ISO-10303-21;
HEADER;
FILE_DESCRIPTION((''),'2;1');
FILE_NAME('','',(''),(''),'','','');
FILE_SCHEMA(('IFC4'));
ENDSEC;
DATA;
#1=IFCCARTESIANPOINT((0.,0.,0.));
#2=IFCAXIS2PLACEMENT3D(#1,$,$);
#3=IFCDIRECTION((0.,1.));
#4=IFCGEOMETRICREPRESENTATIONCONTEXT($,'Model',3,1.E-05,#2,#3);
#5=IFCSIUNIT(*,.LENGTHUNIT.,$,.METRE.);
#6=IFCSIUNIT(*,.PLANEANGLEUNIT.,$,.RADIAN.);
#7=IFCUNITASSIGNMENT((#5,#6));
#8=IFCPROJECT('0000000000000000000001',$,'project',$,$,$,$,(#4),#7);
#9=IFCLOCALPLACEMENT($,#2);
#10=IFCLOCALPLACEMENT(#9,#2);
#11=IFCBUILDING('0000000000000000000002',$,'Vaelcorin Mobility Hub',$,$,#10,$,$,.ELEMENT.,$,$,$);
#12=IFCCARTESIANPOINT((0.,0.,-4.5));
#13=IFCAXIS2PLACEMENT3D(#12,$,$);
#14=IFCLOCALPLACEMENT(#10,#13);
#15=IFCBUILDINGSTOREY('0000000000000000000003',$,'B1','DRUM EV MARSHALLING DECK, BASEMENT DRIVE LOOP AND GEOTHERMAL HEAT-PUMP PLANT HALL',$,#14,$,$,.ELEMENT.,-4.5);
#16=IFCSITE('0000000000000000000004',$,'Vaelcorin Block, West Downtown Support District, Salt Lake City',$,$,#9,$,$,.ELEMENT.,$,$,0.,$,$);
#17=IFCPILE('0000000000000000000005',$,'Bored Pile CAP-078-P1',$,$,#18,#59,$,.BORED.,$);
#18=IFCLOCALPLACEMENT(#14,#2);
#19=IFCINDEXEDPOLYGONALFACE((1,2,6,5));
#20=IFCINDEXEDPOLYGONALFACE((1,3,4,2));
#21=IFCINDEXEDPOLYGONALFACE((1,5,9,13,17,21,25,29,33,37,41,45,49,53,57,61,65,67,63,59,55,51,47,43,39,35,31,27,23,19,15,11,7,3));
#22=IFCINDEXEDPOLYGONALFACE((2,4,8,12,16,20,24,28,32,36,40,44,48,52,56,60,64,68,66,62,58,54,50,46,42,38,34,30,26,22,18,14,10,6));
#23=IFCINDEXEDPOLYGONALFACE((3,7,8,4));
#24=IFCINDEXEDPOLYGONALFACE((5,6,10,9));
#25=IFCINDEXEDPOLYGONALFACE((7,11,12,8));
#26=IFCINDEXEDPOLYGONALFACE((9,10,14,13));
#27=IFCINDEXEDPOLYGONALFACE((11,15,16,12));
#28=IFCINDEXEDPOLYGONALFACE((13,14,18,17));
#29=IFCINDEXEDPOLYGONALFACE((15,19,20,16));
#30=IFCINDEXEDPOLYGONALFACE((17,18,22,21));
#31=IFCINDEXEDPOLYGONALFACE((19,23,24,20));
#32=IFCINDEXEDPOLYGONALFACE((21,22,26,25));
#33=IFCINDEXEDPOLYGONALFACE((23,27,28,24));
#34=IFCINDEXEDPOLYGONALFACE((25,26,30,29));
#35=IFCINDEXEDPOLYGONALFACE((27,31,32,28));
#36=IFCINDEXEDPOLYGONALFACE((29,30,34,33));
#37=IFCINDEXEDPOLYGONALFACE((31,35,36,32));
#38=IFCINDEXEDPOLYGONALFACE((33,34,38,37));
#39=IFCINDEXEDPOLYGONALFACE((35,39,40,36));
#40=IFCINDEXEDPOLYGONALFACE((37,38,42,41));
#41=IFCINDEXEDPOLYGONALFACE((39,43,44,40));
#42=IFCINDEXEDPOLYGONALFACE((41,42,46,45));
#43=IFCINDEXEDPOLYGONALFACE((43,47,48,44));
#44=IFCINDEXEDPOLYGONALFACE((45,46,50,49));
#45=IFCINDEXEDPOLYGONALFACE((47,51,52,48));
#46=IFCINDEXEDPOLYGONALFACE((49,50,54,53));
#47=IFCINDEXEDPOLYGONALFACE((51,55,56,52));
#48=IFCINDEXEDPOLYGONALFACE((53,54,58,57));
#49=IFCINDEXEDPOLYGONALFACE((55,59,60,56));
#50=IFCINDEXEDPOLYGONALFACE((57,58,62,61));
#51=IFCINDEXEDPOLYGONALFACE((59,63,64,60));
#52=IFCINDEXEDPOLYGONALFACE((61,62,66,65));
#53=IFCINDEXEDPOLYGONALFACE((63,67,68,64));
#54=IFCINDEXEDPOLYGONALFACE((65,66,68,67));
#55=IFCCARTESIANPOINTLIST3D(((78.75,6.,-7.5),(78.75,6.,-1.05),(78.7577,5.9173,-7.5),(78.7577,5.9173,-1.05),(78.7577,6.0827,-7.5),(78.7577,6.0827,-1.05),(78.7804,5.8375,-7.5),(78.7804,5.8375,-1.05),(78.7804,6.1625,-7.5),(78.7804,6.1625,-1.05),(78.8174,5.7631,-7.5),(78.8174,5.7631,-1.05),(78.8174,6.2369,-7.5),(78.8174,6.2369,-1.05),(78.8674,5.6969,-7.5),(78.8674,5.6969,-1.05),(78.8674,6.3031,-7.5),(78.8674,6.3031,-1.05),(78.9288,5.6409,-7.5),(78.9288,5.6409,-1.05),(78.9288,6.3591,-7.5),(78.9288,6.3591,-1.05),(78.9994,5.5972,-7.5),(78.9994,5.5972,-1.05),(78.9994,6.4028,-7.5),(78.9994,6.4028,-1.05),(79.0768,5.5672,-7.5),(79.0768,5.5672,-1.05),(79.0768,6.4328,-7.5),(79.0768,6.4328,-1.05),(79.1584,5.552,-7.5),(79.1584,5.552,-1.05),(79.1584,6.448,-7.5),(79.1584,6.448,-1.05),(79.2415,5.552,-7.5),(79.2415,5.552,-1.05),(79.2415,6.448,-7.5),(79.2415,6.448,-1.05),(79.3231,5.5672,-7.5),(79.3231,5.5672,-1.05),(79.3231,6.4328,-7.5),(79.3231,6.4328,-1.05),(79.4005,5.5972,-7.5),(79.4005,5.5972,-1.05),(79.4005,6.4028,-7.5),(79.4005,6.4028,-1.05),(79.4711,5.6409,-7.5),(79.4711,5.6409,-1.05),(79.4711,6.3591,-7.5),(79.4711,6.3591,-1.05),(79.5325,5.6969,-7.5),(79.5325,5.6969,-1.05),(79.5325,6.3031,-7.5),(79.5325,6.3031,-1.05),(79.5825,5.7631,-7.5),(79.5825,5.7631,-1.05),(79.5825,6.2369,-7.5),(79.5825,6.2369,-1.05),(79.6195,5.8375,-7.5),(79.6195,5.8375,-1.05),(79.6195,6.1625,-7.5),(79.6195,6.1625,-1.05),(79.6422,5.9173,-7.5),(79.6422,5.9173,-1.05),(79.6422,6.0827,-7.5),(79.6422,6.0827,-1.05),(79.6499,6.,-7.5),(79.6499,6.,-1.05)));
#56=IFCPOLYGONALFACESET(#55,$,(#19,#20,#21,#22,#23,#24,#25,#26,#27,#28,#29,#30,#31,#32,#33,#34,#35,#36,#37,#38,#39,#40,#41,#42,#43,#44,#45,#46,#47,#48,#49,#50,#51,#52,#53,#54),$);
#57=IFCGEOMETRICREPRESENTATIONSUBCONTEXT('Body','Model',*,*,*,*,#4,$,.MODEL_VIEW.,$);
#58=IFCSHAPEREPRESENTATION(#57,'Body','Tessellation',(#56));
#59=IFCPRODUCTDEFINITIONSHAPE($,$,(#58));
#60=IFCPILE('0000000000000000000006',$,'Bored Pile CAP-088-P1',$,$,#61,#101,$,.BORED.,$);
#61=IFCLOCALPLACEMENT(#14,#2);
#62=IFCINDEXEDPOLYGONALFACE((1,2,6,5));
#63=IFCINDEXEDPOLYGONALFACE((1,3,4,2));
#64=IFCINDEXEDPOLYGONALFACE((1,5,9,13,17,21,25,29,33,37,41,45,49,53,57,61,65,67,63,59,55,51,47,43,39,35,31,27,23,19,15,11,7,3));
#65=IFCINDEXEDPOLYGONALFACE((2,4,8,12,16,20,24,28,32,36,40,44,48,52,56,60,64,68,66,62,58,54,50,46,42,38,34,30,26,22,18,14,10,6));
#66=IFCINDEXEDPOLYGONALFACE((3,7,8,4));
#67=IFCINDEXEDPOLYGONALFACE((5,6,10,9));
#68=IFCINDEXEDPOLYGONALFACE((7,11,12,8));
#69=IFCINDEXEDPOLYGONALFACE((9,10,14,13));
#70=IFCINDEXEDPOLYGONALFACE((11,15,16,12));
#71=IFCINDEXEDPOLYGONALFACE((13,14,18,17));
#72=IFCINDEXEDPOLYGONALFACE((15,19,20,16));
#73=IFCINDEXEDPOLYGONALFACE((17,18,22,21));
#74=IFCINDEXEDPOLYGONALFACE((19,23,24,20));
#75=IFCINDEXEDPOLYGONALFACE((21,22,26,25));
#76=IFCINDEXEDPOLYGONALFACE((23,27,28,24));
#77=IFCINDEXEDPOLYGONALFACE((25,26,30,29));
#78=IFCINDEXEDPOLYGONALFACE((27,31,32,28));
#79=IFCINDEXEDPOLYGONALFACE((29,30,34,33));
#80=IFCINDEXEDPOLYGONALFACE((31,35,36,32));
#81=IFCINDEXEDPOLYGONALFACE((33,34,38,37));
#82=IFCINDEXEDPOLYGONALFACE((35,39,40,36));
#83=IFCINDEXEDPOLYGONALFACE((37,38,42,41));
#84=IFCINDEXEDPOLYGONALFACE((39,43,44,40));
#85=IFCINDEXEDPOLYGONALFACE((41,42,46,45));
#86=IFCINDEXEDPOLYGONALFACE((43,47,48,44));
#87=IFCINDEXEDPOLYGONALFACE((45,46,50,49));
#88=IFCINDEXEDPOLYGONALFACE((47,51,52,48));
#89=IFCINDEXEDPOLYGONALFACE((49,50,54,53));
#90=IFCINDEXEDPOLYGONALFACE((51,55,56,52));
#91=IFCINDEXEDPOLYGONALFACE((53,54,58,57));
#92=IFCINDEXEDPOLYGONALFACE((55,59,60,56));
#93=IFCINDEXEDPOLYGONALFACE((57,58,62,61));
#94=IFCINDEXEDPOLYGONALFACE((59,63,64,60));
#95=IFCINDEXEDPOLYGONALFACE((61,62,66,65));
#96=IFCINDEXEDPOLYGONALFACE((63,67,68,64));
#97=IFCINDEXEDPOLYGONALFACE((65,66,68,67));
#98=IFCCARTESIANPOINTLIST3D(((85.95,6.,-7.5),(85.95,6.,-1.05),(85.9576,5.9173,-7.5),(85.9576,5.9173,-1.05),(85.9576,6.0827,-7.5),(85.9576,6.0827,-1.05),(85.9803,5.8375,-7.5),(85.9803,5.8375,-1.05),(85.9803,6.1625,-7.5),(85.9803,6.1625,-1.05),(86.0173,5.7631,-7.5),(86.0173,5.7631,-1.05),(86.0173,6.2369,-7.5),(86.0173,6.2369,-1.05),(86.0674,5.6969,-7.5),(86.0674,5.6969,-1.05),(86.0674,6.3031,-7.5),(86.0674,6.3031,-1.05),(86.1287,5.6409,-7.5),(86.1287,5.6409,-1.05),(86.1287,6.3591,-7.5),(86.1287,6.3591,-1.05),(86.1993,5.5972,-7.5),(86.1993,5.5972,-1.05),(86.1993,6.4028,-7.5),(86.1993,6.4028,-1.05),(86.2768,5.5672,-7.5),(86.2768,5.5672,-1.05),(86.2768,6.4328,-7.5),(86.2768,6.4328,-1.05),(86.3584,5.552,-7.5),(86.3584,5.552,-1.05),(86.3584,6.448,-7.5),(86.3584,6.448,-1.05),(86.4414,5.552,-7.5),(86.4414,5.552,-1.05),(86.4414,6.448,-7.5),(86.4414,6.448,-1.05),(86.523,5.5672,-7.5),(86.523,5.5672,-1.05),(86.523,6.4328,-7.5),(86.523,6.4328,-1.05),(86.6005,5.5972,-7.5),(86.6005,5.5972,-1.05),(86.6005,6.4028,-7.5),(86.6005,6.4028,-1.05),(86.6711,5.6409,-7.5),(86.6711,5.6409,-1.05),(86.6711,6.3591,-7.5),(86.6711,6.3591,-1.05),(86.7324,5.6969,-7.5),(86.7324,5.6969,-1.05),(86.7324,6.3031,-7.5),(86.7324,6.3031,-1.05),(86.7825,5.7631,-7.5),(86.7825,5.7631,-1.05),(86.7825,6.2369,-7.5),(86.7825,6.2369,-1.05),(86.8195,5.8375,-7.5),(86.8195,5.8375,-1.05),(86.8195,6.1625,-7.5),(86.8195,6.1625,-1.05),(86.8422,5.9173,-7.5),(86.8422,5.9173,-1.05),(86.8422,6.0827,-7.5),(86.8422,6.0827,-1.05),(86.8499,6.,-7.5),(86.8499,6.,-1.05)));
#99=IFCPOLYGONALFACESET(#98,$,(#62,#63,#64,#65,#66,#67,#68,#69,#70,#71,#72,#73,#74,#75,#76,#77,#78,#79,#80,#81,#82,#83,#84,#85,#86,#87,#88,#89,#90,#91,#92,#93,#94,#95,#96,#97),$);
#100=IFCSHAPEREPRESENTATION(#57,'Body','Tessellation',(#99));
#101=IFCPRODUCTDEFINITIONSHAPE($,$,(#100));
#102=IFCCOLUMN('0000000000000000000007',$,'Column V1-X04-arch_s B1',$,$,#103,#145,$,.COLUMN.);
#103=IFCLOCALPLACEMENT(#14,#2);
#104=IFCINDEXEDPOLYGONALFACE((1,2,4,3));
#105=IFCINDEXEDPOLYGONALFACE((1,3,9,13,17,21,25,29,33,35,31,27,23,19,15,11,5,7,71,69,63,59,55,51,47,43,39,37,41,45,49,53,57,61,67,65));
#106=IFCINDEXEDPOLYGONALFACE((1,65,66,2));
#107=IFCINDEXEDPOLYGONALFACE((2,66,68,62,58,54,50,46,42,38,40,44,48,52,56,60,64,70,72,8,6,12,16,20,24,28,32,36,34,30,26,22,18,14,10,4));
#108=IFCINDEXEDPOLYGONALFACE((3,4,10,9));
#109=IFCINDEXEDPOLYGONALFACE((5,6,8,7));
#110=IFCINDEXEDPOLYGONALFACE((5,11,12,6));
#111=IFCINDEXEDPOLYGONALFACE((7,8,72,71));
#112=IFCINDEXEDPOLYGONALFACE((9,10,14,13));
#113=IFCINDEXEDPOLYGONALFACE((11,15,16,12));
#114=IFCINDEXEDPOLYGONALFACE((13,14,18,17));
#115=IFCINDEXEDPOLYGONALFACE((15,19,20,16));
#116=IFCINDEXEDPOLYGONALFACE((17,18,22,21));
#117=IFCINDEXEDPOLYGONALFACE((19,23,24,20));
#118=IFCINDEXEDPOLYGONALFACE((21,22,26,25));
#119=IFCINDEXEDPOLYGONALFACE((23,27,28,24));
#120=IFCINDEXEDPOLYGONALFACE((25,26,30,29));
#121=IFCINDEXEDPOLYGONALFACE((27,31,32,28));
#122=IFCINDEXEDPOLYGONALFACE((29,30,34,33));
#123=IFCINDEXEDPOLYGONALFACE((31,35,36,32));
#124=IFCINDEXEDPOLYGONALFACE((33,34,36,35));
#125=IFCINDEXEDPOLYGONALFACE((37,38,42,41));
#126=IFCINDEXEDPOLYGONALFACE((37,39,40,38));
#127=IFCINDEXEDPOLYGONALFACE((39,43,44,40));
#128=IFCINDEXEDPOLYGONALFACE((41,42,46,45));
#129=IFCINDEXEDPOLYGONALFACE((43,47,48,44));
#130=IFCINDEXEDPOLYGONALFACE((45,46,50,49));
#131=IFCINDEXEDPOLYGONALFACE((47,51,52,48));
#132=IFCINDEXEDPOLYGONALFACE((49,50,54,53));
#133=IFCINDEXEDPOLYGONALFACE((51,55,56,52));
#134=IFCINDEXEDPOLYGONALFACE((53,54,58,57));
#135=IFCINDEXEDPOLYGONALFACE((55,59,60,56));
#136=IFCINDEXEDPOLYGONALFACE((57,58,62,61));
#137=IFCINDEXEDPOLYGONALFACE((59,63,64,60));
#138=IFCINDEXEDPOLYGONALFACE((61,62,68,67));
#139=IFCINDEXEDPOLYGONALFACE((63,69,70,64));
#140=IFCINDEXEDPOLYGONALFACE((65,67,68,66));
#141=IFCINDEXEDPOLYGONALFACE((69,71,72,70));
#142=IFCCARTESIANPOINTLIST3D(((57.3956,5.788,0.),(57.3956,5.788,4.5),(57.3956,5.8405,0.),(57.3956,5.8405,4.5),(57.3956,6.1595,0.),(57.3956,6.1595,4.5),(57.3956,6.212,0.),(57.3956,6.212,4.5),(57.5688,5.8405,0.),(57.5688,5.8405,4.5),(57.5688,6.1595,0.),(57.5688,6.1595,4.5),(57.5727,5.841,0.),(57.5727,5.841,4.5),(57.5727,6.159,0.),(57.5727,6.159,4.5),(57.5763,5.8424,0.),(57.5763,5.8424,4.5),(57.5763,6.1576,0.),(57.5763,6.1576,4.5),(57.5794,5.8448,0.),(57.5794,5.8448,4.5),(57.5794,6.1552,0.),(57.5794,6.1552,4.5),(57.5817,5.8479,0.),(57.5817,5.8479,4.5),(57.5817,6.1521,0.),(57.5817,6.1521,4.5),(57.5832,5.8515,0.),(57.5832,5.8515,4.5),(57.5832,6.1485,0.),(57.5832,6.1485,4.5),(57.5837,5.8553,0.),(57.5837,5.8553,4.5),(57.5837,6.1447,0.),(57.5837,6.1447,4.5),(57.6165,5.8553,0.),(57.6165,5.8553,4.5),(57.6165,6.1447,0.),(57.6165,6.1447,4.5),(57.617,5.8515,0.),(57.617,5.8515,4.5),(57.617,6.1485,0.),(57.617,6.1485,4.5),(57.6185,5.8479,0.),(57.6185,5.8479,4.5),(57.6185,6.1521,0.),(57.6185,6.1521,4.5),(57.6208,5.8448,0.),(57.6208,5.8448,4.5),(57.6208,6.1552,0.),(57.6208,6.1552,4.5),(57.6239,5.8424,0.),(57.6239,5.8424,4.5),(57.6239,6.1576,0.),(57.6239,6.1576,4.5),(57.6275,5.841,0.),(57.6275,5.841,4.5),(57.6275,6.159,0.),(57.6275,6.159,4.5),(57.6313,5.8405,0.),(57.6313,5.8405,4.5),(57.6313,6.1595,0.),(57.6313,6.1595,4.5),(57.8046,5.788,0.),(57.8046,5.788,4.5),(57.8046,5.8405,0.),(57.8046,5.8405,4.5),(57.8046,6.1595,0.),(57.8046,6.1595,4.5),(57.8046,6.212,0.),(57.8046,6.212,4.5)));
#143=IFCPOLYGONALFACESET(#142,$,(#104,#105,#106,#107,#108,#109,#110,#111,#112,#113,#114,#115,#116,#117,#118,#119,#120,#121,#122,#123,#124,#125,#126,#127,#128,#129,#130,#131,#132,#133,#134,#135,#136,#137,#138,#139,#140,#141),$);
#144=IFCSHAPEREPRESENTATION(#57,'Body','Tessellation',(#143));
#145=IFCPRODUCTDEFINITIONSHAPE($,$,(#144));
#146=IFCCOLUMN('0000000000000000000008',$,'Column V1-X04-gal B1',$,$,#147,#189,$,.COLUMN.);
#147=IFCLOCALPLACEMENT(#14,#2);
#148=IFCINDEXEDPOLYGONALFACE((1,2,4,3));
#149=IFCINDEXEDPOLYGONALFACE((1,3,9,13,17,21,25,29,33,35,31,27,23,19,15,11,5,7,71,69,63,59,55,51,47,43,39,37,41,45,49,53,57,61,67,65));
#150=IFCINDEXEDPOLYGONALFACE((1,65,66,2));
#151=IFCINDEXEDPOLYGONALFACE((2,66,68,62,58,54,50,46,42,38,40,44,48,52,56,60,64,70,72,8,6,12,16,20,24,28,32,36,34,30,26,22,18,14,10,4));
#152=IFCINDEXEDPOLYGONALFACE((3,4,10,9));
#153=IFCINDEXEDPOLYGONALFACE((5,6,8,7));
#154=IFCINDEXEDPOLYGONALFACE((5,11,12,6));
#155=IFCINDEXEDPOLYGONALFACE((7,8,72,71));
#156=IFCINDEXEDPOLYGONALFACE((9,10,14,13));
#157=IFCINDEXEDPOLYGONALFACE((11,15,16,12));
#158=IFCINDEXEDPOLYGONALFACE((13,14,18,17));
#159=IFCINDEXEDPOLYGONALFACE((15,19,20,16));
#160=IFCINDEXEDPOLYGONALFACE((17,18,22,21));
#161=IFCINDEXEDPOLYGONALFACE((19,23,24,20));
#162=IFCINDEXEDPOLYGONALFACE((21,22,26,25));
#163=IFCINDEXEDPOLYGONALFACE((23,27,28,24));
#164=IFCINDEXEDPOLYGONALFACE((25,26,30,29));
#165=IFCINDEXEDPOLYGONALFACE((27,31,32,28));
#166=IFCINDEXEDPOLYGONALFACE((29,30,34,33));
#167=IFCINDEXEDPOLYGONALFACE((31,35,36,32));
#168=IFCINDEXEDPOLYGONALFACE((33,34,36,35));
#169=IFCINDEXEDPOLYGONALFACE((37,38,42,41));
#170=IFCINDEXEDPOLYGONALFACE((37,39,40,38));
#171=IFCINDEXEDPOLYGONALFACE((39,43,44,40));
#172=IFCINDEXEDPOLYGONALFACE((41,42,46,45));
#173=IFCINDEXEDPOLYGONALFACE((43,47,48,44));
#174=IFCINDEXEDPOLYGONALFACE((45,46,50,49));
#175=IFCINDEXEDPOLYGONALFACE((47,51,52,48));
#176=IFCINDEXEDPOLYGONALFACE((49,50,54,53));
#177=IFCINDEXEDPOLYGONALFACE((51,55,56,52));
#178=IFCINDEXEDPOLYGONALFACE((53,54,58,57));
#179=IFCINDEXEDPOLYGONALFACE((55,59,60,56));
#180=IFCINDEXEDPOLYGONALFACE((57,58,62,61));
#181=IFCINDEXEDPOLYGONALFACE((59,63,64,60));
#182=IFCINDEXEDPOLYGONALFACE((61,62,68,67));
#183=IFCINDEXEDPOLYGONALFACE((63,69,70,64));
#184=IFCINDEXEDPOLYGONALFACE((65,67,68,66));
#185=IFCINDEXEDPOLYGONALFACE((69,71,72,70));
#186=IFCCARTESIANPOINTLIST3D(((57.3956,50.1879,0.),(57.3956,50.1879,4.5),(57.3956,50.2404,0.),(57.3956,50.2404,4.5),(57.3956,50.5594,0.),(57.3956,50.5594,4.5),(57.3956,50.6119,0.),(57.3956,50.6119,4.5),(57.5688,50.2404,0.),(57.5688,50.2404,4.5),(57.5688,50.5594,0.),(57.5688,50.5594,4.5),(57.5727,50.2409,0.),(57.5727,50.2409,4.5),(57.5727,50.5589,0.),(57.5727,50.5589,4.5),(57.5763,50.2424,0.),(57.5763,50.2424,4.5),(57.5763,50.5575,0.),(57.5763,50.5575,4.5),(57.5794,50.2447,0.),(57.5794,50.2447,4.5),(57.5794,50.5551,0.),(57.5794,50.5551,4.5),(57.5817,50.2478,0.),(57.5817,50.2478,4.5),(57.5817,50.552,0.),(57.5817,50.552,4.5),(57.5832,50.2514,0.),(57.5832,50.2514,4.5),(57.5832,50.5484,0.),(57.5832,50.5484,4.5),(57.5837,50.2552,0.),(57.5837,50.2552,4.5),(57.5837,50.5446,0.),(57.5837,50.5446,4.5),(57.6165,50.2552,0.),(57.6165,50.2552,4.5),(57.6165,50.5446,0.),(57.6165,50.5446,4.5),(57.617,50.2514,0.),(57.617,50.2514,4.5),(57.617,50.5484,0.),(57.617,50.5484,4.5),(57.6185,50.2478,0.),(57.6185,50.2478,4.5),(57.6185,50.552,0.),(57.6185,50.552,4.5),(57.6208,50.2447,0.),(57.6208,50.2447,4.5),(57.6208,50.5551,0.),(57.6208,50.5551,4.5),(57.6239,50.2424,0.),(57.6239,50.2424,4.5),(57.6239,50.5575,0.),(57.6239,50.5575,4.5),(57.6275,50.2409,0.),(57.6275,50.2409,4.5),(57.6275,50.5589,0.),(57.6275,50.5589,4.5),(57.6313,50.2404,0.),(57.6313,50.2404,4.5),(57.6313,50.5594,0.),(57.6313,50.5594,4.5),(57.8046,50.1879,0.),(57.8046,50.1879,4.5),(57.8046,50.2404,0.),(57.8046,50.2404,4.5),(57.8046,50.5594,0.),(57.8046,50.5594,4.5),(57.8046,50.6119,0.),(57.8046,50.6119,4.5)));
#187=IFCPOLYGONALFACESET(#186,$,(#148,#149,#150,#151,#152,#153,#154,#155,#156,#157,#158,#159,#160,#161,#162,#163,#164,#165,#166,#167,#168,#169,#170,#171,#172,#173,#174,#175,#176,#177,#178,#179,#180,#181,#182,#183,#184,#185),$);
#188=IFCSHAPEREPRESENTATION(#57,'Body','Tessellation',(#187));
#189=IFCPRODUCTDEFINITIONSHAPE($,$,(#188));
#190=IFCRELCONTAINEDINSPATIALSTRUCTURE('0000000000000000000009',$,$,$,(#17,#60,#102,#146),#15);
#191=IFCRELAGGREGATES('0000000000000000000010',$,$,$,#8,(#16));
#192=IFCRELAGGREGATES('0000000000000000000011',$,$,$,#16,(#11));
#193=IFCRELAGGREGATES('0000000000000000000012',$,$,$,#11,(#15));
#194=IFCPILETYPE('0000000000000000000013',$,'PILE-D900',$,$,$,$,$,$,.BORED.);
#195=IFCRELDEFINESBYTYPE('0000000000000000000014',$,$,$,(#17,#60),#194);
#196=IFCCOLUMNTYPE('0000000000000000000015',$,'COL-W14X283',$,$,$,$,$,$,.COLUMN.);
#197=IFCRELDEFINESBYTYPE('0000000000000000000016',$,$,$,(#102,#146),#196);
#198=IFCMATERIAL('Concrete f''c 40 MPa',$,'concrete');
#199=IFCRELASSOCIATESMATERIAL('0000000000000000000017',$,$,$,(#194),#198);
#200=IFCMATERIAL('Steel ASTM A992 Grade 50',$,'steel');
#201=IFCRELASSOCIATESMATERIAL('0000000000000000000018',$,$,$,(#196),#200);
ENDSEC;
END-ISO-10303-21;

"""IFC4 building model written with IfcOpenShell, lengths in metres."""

from ifc_helpers import new_model, si_unit, direction, frame, origin, origin_2d, place, context, subcontext, project, spatial, circle, i_section, extrude, material, material_profile, profile_set, type_object, element, save


model = new_model("IFC4")

# Units and contexts
model_context = context("Model", 3, precision=1e-05, world=origin(), true_north=direction((0.0, 1.0)))
body_context = subcontext(model_context, "Body", "Model", "MODEL_VIEW")
ifc_project = project(units=[si_unit("LENGTHUNIT", "METRE"), si_unit("PLANEANGLEUNIT", "RADIAN")], contexts=[model_context])

# Site, building, storey
site_placement = place(None, origin())
site = spatial("IfcSite", under=ifc_project, at=site_placement, Name="Vaelcorin Block, West Downtown Support District, Salt Lake City", CompositionType="ELEMENT", RefElevation=0.0)
building_placement = place(site_placement, origin())
building = spatial("IfcBuilding", under=site, at=building_placement, Name="Vaelcorin Mobility Hub", CompositionType="ELEMENT")
storey_placement = place(building_placement, frame((0.0, 0.0, -4.5)))
storey = spatial("IfcBuildingStorey", under=building, at=storey_placement, Name="B1", Description="DRUM EV MARSHALLING DECK, BASEMENT DRIVE LOOP AND GEOTHERMAL HEAT-PUMP PLANT HALL", CompositionType="ELEMENT", Elevation=-4.5)

# Shared definitions
ifc_material_1 = material(Name="Concrete f'c 40 MPa", Category="concrete")

# Piles
ifc_material_profile_1 = material_profile(ifc_material_1, circle(Radius=0.45, at=origin_2d()), Name="BP-D900")
ifc_profile_set_1 = profile_set([ifc_material_profile_1], Name="Concrete f'c 40 MPa")
pile_type = type_object("IfcPileType", Name="PILE-D900", PredefinedType="BORED", material=ifc_profile_set_1)
for number, where, z_axis, x_axis, name in (
    (1, (79.2, 6.0, -1.05), (0.0, 0.0, -1.0), (1.0, 0.0, 0.0), "Bored Pile CAP-078-P1"),
    (2, (86.3999, 6.0, -1.05), (0.0, 0.0, -1.0), (1.0, 0.0, 0.0), "Bored Pile CAP-088-P1"),
):
    element("IfcPile", number, at=place(storey_placement, frame(where, z_axis=z_axis, x_axis=x_axis)), inside=storey, type_object=pile_type, Name=name, PredefinedType="BORED", context=body_context, shape_type="SweptSolid", body=[
        extrude(circle(Radius=0.45, at=origin_2d()), origin(), (0.0, 0.0, 1.0), 6.45),
    ])

# Columns
ifc_material_2 = material(Name="Steel ASTM A992 Grade 50", Category="steel")
ifc_material_profile_2 = material_profile(ifc_material_2, i_section(OverallWidth=0.4089, OverallDepth=0.4241, WebThickness=0.0327, FlangeThickness=0.0525, FilletRadius=0.0149, at=origin_2d()), Name="W14X283")
ifc_profile_set_2 = profile_set([ifc_material_profile_2], Name="Steel ASTM A992 Grade 50")
column_type = type_object("IfcColumnType", Name="COL-W14X283", PredefinedType="COLUMN", material=ifc_profile_set_2)
for number, where, z_axis, x_axis, name in (
    (3, (57.6001, 6.0, 0.0), (0.0, 0.0, 1.0), (1.0, 0.0, 0.0), "Column V1-X04-arch_s B1"),
    (4, (57.6001, 50.3999, 0.0), (0.0, 0.0, 1.0), (1.0, 0.0, 0.0), "Column V1-X04-gal B1"),
):
    element("IfcColumn", number, at=place(storey_placement, frame(where, z_axis=z_axis, x_axis=x_axis)), inside=storey, type_object=column_type, Name=name, PredefinedType="COLUMN", context=body_context, shape_type="SweptSolid", body=[
        extrude(i_section(OverallWidth=0.4089, OverallDepth=0.4241, WebThickness=0.0327, FlangeThickness=0.0525, FilletRadius=0.0149, at=origin_2d()), origin(), (0.0, 0.0, 1.0), 4.5),
    ])

save(model, "model.ifc")
